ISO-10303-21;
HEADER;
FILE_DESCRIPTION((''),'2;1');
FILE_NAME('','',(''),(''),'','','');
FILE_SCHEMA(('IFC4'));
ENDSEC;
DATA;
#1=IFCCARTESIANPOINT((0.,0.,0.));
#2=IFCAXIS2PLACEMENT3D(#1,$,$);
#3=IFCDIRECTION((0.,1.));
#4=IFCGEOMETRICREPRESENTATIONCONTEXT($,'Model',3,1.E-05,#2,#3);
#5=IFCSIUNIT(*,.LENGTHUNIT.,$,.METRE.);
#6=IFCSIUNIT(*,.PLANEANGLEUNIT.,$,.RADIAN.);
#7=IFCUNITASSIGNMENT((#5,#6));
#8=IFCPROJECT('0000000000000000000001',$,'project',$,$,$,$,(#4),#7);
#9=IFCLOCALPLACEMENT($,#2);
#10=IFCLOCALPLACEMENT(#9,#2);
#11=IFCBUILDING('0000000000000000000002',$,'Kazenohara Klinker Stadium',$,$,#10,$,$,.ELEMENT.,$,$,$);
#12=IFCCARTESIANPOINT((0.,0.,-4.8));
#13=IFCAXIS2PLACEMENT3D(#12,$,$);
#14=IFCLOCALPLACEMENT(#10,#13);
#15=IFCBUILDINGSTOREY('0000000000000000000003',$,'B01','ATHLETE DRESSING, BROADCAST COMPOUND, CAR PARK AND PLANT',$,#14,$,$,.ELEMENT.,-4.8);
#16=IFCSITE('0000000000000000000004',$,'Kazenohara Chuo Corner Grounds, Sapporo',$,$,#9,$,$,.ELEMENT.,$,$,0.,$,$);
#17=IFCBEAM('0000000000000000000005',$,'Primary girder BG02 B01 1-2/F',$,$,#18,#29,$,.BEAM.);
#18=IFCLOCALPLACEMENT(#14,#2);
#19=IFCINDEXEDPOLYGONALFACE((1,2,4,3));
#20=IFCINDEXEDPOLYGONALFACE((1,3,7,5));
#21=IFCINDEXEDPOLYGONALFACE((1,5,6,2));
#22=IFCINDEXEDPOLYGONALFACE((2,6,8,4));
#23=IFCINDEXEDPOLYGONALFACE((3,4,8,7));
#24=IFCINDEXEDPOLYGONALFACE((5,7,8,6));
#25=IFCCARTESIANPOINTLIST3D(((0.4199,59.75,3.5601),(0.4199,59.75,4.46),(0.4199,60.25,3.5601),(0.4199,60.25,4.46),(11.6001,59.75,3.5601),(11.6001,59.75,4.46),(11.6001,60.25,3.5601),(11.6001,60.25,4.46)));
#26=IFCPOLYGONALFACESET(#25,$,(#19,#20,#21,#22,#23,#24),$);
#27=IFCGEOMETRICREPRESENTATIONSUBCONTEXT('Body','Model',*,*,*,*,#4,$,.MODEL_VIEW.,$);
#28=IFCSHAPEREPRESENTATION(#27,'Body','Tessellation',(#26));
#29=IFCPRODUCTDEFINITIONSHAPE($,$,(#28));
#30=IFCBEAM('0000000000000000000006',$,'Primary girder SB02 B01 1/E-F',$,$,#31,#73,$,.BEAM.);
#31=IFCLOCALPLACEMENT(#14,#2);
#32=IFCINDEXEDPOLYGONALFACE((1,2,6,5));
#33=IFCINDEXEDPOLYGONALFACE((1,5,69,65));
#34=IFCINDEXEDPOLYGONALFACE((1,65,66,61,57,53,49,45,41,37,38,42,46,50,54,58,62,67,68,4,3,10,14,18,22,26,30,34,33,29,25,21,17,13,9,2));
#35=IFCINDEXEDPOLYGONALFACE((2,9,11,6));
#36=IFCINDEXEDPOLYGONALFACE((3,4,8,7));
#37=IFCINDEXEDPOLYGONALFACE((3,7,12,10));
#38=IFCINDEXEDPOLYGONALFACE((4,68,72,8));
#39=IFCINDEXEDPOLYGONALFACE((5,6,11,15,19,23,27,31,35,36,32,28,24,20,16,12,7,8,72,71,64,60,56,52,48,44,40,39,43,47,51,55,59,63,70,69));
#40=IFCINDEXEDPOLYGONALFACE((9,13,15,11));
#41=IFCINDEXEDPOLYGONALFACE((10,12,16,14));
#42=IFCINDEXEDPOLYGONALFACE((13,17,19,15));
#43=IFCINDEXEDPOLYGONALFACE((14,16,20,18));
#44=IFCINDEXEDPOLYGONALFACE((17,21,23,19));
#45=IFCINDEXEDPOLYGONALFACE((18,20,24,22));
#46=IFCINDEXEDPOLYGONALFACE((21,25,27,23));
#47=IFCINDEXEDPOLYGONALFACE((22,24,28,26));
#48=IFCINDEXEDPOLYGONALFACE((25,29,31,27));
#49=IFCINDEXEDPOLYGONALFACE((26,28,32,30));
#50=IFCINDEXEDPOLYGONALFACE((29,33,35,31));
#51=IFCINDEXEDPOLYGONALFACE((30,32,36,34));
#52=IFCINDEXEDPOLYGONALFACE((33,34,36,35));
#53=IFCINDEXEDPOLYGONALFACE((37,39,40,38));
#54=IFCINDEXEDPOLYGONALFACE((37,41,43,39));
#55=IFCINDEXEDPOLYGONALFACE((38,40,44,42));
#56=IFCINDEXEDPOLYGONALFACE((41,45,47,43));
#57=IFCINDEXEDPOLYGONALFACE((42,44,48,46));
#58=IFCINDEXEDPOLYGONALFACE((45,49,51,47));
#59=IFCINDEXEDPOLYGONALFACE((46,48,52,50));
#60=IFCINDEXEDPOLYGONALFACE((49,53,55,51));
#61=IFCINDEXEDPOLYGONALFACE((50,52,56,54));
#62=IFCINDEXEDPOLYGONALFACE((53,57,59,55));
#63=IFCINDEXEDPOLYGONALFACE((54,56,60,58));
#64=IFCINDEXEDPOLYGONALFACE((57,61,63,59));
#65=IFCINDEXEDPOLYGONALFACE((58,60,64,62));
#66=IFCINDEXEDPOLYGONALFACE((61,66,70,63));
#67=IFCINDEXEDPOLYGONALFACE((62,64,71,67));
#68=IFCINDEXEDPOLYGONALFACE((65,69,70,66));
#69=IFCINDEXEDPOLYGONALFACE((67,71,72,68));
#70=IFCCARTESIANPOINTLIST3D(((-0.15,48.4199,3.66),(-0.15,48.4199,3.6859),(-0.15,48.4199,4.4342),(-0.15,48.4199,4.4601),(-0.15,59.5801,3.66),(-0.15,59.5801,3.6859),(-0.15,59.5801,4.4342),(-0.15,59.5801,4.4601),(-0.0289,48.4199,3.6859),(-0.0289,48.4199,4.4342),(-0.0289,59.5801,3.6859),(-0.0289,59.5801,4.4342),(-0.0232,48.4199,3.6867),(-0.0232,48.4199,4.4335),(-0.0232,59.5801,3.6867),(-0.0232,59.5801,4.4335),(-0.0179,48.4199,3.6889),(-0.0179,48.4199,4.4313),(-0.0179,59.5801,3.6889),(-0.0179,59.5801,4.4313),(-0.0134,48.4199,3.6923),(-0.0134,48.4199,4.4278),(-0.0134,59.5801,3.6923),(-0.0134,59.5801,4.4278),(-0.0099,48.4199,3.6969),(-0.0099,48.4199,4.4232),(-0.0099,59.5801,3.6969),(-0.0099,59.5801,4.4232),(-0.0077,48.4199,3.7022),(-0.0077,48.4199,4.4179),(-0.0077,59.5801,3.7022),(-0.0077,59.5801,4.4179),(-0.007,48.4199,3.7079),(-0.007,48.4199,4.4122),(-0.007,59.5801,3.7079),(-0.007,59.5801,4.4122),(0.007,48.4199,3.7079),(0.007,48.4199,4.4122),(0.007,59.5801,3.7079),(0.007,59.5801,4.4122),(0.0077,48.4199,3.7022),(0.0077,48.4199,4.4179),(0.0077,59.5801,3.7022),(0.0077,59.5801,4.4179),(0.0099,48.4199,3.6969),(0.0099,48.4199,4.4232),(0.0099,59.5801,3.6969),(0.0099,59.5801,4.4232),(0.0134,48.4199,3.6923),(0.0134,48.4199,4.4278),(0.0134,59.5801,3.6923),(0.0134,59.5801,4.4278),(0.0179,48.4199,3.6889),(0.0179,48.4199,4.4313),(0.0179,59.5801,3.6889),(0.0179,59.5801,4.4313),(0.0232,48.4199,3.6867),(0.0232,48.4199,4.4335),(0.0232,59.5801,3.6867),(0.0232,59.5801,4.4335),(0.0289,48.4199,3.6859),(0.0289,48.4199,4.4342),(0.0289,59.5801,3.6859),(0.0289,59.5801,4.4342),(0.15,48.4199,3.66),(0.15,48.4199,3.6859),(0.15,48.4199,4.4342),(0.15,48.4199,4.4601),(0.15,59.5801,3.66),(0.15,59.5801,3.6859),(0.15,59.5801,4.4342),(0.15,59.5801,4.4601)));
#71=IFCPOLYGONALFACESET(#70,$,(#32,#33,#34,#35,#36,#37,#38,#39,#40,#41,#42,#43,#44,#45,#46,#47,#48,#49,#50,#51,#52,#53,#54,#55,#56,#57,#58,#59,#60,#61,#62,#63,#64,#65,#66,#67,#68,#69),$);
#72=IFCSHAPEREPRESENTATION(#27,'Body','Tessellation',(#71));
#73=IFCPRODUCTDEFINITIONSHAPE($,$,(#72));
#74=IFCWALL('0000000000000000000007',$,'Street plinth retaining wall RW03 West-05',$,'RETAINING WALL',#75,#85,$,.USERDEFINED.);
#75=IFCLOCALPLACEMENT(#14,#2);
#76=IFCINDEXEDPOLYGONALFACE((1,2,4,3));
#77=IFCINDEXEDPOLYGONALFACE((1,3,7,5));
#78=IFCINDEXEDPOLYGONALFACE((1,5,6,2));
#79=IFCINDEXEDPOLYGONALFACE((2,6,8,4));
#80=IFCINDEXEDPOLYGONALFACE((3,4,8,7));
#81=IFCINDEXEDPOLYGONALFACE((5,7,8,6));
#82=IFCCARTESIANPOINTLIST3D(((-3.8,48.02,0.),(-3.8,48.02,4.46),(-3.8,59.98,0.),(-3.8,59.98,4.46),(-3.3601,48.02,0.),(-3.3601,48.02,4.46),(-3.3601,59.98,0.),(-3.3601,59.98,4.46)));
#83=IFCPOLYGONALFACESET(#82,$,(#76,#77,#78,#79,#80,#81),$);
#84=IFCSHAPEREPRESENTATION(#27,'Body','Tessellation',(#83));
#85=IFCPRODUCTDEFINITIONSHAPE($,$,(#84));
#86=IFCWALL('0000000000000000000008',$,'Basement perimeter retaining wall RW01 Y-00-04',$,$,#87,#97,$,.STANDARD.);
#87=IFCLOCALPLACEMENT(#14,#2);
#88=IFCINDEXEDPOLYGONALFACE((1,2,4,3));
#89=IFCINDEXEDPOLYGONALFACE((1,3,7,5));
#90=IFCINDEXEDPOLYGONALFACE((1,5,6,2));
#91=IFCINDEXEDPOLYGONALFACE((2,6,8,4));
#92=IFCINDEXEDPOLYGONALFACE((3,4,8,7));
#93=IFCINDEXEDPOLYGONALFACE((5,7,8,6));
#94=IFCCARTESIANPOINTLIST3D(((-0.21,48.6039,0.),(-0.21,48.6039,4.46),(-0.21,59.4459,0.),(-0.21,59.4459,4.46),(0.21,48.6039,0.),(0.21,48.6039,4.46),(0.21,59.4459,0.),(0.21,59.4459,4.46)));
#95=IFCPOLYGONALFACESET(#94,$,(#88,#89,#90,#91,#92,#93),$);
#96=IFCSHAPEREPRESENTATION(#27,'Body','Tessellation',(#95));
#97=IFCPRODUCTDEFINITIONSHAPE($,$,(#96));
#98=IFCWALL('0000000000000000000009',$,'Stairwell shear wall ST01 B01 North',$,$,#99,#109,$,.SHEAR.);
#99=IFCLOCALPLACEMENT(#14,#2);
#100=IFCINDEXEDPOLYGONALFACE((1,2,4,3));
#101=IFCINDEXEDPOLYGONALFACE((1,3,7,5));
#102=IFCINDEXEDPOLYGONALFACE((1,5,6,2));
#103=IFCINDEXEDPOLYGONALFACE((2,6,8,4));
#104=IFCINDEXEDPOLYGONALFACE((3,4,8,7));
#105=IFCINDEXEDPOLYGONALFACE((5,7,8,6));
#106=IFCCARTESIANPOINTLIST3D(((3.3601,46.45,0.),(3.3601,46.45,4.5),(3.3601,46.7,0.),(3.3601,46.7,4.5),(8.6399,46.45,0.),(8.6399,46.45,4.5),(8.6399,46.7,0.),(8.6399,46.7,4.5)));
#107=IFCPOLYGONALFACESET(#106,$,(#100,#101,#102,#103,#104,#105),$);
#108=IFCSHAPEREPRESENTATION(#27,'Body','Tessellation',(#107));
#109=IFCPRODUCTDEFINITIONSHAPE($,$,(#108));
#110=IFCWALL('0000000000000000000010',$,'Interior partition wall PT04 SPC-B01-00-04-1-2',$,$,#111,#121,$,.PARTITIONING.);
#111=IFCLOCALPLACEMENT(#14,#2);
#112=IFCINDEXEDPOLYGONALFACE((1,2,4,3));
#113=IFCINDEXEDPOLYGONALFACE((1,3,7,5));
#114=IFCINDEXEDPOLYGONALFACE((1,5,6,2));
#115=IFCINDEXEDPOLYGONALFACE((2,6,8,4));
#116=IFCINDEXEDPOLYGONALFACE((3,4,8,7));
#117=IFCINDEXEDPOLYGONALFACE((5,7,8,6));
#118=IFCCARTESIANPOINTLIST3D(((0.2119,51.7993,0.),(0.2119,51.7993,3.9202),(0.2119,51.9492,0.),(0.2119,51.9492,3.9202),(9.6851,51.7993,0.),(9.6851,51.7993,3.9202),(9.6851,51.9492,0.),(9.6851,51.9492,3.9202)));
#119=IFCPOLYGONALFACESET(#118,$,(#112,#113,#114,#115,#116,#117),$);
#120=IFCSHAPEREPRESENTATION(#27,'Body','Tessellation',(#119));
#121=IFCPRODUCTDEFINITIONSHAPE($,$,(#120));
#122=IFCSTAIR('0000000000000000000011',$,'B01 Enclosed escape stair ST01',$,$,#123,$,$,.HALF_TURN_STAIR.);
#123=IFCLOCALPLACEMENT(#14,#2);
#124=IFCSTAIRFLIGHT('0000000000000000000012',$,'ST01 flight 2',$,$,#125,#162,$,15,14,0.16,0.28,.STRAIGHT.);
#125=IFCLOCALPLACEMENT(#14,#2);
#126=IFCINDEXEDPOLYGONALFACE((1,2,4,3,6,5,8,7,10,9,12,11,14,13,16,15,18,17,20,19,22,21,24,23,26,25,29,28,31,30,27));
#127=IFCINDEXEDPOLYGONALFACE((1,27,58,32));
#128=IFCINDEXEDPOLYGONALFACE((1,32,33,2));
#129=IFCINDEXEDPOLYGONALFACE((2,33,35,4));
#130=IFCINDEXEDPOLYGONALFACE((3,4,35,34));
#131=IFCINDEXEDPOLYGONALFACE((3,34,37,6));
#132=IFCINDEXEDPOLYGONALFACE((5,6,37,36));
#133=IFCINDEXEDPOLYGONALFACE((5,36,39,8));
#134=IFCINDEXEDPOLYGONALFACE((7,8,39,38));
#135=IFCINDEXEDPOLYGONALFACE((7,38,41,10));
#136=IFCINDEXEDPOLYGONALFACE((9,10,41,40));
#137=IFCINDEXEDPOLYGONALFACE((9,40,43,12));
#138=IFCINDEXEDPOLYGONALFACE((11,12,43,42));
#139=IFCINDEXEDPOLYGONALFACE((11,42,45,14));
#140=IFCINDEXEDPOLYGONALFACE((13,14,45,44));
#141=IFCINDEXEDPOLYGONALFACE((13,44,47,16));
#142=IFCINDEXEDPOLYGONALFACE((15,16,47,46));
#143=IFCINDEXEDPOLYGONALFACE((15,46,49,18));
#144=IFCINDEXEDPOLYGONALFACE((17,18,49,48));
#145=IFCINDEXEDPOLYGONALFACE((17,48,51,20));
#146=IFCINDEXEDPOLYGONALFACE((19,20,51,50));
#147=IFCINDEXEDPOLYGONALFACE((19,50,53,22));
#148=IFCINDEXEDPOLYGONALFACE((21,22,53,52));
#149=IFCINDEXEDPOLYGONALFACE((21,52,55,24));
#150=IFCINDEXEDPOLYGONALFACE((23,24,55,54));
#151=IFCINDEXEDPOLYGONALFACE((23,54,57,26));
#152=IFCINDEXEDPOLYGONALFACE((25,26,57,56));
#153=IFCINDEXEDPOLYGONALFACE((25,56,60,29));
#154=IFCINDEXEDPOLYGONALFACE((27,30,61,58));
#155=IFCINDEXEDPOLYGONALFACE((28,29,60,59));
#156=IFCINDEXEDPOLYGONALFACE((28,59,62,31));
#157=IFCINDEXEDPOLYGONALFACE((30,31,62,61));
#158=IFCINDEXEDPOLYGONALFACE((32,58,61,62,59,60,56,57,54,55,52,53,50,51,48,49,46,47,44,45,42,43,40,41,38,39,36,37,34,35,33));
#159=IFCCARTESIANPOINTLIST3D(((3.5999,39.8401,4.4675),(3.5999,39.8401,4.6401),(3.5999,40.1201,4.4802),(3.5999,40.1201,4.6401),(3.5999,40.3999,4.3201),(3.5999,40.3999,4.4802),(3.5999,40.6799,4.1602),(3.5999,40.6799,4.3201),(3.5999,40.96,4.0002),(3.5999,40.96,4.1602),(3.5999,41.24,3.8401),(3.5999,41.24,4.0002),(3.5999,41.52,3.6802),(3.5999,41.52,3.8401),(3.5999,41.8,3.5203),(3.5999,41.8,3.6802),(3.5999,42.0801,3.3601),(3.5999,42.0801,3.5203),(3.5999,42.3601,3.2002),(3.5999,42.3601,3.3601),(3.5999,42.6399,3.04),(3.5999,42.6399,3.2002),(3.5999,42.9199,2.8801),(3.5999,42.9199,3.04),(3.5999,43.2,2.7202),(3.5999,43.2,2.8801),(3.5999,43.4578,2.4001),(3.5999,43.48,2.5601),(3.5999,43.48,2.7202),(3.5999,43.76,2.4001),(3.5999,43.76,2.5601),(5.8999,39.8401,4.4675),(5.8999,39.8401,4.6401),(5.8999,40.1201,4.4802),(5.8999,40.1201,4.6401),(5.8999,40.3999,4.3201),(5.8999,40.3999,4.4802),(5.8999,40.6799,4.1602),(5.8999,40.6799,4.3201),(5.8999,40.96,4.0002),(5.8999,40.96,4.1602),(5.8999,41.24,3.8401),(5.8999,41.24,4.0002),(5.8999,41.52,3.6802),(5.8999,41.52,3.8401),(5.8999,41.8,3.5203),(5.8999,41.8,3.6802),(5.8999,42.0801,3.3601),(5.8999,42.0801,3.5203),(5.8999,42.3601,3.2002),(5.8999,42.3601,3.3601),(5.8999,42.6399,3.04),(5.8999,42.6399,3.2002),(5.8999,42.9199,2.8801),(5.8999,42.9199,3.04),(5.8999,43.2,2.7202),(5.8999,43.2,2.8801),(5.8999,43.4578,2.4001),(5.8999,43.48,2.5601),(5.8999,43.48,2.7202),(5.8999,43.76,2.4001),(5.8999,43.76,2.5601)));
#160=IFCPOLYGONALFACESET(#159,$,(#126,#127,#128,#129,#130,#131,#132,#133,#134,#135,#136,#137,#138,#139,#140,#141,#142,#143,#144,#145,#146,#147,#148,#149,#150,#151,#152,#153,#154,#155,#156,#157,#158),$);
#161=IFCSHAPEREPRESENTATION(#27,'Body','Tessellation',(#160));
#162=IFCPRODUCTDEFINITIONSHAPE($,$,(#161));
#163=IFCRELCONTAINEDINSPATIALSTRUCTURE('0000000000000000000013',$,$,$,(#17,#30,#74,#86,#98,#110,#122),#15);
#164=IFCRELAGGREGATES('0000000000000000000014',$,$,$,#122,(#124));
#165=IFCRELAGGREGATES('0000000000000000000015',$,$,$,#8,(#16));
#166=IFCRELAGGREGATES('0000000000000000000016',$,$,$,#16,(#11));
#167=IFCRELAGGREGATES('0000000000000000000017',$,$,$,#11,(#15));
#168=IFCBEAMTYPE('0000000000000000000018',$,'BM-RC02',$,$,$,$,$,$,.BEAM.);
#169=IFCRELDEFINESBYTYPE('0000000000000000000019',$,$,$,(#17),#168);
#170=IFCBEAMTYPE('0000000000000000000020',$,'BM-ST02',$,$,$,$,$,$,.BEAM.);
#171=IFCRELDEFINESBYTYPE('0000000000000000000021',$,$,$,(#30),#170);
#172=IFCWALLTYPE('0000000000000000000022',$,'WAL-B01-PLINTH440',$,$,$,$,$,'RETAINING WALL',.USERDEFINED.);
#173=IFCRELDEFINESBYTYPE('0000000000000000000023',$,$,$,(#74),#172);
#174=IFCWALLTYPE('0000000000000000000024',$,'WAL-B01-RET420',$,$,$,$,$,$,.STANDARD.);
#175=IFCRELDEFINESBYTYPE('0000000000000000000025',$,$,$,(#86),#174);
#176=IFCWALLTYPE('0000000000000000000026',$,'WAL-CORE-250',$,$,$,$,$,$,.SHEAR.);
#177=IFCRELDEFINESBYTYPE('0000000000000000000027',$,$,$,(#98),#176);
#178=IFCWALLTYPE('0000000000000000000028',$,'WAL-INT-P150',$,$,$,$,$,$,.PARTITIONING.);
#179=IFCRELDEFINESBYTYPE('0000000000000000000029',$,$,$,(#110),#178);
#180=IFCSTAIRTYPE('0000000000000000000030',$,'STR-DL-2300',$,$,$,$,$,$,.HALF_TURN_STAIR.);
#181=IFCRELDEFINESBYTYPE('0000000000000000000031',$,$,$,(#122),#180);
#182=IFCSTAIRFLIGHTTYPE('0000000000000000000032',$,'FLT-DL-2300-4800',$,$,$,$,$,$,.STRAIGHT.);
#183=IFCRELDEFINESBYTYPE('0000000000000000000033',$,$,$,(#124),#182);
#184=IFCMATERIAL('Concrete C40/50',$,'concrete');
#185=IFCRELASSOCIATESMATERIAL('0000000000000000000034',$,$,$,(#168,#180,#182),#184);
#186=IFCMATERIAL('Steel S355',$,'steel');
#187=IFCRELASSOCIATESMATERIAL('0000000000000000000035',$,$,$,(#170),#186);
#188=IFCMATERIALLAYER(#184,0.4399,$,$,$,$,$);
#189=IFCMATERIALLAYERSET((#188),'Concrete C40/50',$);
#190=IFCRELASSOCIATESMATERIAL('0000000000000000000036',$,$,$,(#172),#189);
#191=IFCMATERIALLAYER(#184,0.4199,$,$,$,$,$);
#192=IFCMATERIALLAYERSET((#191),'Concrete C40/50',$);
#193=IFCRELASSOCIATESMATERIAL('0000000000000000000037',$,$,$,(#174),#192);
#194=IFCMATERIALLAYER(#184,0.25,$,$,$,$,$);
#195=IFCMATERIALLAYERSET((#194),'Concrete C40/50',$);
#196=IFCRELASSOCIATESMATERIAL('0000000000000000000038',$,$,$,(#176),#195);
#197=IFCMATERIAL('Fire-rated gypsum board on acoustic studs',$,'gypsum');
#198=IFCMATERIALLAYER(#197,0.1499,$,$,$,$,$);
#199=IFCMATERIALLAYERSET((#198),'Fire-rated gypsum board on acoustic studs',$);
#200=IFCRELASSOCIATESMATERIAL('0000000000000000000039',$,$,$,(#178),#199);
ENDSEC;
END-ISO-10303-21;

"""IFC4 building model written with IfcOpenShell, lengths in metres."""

from ifc_helpers import new_model, si_unit, direction, frame, frame_2d, origin, origin_2d, place, context, subcontext, project, spatial, polyline, rectangle, i_section, outline, extrude, material, layer, layer_set, material_profile, profile_set, type_object, element, aggregate, save


model = new_model("IFC4")

# Units and contexts
model_context = context("Model", 3, precision=1e-05, world=origin(), true_north=direction((0.0, 1.0)))
body_context = subcontext(model_context, "Body", "Model", "MODEL_VIEW")
ifc_project = project(units=[si_unit("LENGTHUNIT", "METRE"), si_unit("PLANEANGLEUNIT", "RADIAN")], contexts=[model_context])

# Site, building, storey
site_placement = place(None, origin())
site = spatial("IfcSite", under=ifc_project, at=site_placement, Name="Kazenohara Chuo Corner Grounds, Sapporo", CompositionType="ELEMENT", RefElevation=0.0)
building_placement = place(site_placement, origin())
building = spatial("IfcBuilding", under=site, at=building_placement, Name="Kazenohara Klinker Stadium", CompositionType="ELEMENT")
storey_placement = place(building_placement, frame((0.0, 0.0, -4.8)))
storey = spatial("IfcBuildingStorey", under=building, at=storey_placement, Name="B01", Description="ATHLETE DRESSING, BROADCAST COMPOUND, CAR PARK AND PLANT", CompositionType="ELEMENT", Elevation=-4.8)

# Shared definitions
ifc_material_1 = material(Name="Concrete C40/50", Category="concrete")

# Beams
ifc_material_profile_1 = material_profile(ifc_material_1, rectangle(XDim=0.5, YDim=0.8999, at=origin_2d()), Name="RC-BM-500x900")
ifc_profile_set_1 = profile_set([ifc_material_profile_1], Name="Concrete C40/50")
beam_type_1 = type_object("IfcBeamType", Name="BM-RC02", PredefinedType="BEAM", material=ifc_profile_set_1)
beam_1_placement = place(storey_placement, frame((0.4199, 60.0, 4.01), z_axis=(1.0, 0.0, 0.0), x_axis=(0.0, 1.0, 0.0)))
element("IfcBeam", 1, at=beam_1_placement, inside=storey, type_object=beam_type_1, Name="Primary girder BG02 B01 1-2/F", PredefinedType="BEAM", context=body_context, shape_type="SweptSolid", body=[
    extrude(rectangle(XDim=0.5, YDim=0.8999, at=origin_2d()), origin(), (0.0, 0.0, 1.0), 11.1802),
])
ifc_material_2 = material(Name="Steel S355", Category="steel")
ifc_material_profile_2 = material_profile(ifc_material_2, i_section(OverallWidth=0.3, OverallDepth=0.8, WebThickness=0.0139, FlangeThickness=0.0259, FilletRadius=0.022, at=origin_2d()), Name="H-800x300x14x26")
ifc_profile_set_2 = profile_set([ifc_material_profile_2], Name="Steel S355")
beam_type_2 = type_object("IfcBeamType", Name="BM-ST02", PredefinedType="BEAM", material=ifc_profile_set_2)
beam_2_placement = place(storey_placement, frame((0.0, 48.4199, 4.0601), z_axis=(0.0, 1.0, 0.0), x_axis=(-1.0, 0.0, 0.0)))
element("IfcBeam", 2, at=beam_2_placement, inside=storey, type_object=beam_type_2, Name="Primary girder SB02 B01 1/E-F", PredefinedType="BEAM", context=body_context, shape_type="SweptSolid", body=[
    extrude(i_section(OverallWidth=0.3, OverallDepth=0.8, WebThickness=0.0139, FlangeThickness=0.0259, FilletRadius=0.022, at=origin_2d()), origin(), (0.0, 0.0, 1.0), 11.1602),
])

# Walls
ifc_layer_1 = layer(ifc_material_1, 0.4399)
ifc_layer_set_1 = layer_set([ifc_layer_1], Name="Concrete C40/50")
wall_type_1 = type_object("IfcWallType", Name="WAL-B01-PLINTH440", ElementType="RETAINING WALL", PredefinedType="USERDEFINED", material=ifc_layer_set_1)
wall_1_placement = place(storey_placement, frame((-3.5801, 48.02, 0.0), z_axis=(0.0, 0.0, 1.0), x_axis=(0.0, 1.0, 0.0)))
element("IfcWall", 3, at=wall_1_placement, inside=storey, type_object=wall_type_1, Name="Street plinth retaining wall RW03 West-05", ObjectType="RETAINING WALL", PredefinedType="USERDEFINED", context=body_context, shape_type="SweptSolid", body=[
    extrude(rectangle(XDim=11.96, YDim=0.4399, at=frame_2d((5.98, 0.0))), origin(), (0.0, 0.0, 1.0), 4.46),
])
ifc_layer_2 = layer(ifc_material_1, 0.4199)
ifc_layer_set_2 = layer_set([ifc_layer_2], Name="Concrete C40/50")
wall_type_2 = type_object("IfcWallType", Name="WAL-B01-RET420", PredefinedType="STANDARD", material=ifc_layer_set_2)
wall_2_placement = place(storey_placement, frame((0.0, 48.604, 0.0), z_axis=(0.0, 0.0, 1.0), x_axis=(0.0, 1.0, 0.0)))
element("IfcWall", 4, at=wall_2_placement, inside=storey, type_object=wall_type_2, Name="Basement perimeter retaining wall RW01 Y-00-04", PredefinedType="STANDARD", context=body_context, shape_type="SweptSolid", body=[
    extrude(rectangle(XDim=10.842, YDim=0.4199, at=frame_2d((5.4209, 0.0))), origin(), (0.0, 0.0, 1.0), 4.46),
])
ifc_layer_3 = layer(ifc_material_1, 0.25)
ifc_layer_set_3 = layer_set([ifc_layer_3], Name="Concrete C40/50")
wall_type_3 = type_object("IfcWallType", Name="WAL-CORE-250", PredefinedType="SHEAR", material=ifc_layer_set_3)
wall_3_placement = place(storey_placement, frame((3.3601, 46.575, 0.0), z_axis=(0.0, 0.0, 1.0), x_axis=(1.0, 0.0, 0.0)))
element("IfcWall", 5, at=wall_3_placement, inside=storey, type_object=wall_type_3, Name="Stairwell shear wall ST01 B01 North", PredefinedType="SHEAR", context=body_context, shape_type="SweptSolid", body=[
    extrude(rectangle(XDim=5.2798, YDim=0.25, at=frame_2d((2.6399, 0.0))), origin(), (0.0, 0.0, 1.0), 4.5),
])
ifc_material_3 = material(Name="Fire-rated gypsum board on acoustic studs", Category="gypsum")
ifc_layer_4 = layer(ifc_material_3, 0.1499)
ifc_layer_set_4 = layer_set([ifc_layer_4], Name="Fire-rated gypsum board on acoustic studs")
wall_type_4 = type_object("IfcWallType", Name="WAL-INT-P150", PredefinedType="PARTITIONING", material=ifc_layer_set_4)
wall_4_placement = place(storey_placement, frame((0.2119, 51.8743, 0.0), z_axis=(0.0, 0.0, 1.0), x_axis=(1.0, 0.0, 0.0)))
element("IfcWall", 6, at=wall_4_placement, inside=storey, type_object=wall_type_4, Name="Interior partition wall PT04 SPC-B01-00-04-1-2", PredefinedType="PARTITIONING", context=body_context, shape_type="SweptSolid", body=[
    extrude(rectangle(XDim=9.4731, YDim=0.1499, at=frame_2d((4.7366, 0.0))), origin(), (0.0, 0.0, 1.0), 3.9202),
])

# Stair, stair flight
stair_type = type_object("IfcStairType", Name="STR-DL-2300", PredefinedType="HALF_TURN_STAIR", material=ifc_material_1)
stair_placement = place(storey_placement, origin())
stair = element("IfcStair", 7, at=stair_placement, inside=storey, type_object=stair_type, Name="B01 Enclosed escape stair ST01", PredefinedType="HALF_TURN_STAIR")
stair_flight_type = type_object("IfcStairFlightType", Name="FLT-DL-2300-4800", PredefinedType="STRAIGHT", material=ifc_material_1)
stair_flight_placement = place(storey_placement, frame((4.75, 43.76, 2.4001), z_axis=(0.0, 0.0, 1.0), x_axis=(0.0, -1.0, 0.0)))
stair_flight = element("IfcStairFlight", 8, at=stair_flight_placement, type_object=stair_flight_type, Name="ST01 flight 2", NumberOfRisers=15, NumberOfTreads=14, PredefinedType="STRAIGHT", RiserHeight=0.16, TreadLength=0.28, context=body_context, shape_type="SweptSolid", body=[
    extrude(outline(polyline([(0.0, 0.0), (0.0, 0.1599), (0.28, 0.1599), (0.28, 0.3201), (0.5601, 0.3201), (0.5601, 0.48), (0.8401, 0.48), (0.8401, 0.6399), (1.1201, 0.6399), (1.1201, 0.8), (1.3999, 0.8), (1.3999, 0.96), (1.6799, 0.96), (1.6799, 1.1201), (1.96, 1.1201), (1.96, 1.28), (2.24, 1.28), (2.24, 1.4399), (2.52, 1.4399), (2.52, 1.6001), (2.8, 1.6001), (2.8, 1.76), (3.0801, 1.76), (3.0801, 1.9199), (3.3601, 1.9199), (3.3601, 2.0801), (3.6399, 2.0801), (3.6399, 2.24), (3.9199, 2.24), (3.9199, 2.3999), (3.9199, 2.0674), (0.3022, 0.0), (0.0, 0.0)])), frame((0.0, 1.1499, 0.0), z_axis=(0.0, -1.0, 0.0), x_axis=(1.0, 0.0, 0.0)), (0.0, 0.0, 1.0), 2.3),
])
aggregate(stair, [stair_flight])

save(model, "model.ifc")
